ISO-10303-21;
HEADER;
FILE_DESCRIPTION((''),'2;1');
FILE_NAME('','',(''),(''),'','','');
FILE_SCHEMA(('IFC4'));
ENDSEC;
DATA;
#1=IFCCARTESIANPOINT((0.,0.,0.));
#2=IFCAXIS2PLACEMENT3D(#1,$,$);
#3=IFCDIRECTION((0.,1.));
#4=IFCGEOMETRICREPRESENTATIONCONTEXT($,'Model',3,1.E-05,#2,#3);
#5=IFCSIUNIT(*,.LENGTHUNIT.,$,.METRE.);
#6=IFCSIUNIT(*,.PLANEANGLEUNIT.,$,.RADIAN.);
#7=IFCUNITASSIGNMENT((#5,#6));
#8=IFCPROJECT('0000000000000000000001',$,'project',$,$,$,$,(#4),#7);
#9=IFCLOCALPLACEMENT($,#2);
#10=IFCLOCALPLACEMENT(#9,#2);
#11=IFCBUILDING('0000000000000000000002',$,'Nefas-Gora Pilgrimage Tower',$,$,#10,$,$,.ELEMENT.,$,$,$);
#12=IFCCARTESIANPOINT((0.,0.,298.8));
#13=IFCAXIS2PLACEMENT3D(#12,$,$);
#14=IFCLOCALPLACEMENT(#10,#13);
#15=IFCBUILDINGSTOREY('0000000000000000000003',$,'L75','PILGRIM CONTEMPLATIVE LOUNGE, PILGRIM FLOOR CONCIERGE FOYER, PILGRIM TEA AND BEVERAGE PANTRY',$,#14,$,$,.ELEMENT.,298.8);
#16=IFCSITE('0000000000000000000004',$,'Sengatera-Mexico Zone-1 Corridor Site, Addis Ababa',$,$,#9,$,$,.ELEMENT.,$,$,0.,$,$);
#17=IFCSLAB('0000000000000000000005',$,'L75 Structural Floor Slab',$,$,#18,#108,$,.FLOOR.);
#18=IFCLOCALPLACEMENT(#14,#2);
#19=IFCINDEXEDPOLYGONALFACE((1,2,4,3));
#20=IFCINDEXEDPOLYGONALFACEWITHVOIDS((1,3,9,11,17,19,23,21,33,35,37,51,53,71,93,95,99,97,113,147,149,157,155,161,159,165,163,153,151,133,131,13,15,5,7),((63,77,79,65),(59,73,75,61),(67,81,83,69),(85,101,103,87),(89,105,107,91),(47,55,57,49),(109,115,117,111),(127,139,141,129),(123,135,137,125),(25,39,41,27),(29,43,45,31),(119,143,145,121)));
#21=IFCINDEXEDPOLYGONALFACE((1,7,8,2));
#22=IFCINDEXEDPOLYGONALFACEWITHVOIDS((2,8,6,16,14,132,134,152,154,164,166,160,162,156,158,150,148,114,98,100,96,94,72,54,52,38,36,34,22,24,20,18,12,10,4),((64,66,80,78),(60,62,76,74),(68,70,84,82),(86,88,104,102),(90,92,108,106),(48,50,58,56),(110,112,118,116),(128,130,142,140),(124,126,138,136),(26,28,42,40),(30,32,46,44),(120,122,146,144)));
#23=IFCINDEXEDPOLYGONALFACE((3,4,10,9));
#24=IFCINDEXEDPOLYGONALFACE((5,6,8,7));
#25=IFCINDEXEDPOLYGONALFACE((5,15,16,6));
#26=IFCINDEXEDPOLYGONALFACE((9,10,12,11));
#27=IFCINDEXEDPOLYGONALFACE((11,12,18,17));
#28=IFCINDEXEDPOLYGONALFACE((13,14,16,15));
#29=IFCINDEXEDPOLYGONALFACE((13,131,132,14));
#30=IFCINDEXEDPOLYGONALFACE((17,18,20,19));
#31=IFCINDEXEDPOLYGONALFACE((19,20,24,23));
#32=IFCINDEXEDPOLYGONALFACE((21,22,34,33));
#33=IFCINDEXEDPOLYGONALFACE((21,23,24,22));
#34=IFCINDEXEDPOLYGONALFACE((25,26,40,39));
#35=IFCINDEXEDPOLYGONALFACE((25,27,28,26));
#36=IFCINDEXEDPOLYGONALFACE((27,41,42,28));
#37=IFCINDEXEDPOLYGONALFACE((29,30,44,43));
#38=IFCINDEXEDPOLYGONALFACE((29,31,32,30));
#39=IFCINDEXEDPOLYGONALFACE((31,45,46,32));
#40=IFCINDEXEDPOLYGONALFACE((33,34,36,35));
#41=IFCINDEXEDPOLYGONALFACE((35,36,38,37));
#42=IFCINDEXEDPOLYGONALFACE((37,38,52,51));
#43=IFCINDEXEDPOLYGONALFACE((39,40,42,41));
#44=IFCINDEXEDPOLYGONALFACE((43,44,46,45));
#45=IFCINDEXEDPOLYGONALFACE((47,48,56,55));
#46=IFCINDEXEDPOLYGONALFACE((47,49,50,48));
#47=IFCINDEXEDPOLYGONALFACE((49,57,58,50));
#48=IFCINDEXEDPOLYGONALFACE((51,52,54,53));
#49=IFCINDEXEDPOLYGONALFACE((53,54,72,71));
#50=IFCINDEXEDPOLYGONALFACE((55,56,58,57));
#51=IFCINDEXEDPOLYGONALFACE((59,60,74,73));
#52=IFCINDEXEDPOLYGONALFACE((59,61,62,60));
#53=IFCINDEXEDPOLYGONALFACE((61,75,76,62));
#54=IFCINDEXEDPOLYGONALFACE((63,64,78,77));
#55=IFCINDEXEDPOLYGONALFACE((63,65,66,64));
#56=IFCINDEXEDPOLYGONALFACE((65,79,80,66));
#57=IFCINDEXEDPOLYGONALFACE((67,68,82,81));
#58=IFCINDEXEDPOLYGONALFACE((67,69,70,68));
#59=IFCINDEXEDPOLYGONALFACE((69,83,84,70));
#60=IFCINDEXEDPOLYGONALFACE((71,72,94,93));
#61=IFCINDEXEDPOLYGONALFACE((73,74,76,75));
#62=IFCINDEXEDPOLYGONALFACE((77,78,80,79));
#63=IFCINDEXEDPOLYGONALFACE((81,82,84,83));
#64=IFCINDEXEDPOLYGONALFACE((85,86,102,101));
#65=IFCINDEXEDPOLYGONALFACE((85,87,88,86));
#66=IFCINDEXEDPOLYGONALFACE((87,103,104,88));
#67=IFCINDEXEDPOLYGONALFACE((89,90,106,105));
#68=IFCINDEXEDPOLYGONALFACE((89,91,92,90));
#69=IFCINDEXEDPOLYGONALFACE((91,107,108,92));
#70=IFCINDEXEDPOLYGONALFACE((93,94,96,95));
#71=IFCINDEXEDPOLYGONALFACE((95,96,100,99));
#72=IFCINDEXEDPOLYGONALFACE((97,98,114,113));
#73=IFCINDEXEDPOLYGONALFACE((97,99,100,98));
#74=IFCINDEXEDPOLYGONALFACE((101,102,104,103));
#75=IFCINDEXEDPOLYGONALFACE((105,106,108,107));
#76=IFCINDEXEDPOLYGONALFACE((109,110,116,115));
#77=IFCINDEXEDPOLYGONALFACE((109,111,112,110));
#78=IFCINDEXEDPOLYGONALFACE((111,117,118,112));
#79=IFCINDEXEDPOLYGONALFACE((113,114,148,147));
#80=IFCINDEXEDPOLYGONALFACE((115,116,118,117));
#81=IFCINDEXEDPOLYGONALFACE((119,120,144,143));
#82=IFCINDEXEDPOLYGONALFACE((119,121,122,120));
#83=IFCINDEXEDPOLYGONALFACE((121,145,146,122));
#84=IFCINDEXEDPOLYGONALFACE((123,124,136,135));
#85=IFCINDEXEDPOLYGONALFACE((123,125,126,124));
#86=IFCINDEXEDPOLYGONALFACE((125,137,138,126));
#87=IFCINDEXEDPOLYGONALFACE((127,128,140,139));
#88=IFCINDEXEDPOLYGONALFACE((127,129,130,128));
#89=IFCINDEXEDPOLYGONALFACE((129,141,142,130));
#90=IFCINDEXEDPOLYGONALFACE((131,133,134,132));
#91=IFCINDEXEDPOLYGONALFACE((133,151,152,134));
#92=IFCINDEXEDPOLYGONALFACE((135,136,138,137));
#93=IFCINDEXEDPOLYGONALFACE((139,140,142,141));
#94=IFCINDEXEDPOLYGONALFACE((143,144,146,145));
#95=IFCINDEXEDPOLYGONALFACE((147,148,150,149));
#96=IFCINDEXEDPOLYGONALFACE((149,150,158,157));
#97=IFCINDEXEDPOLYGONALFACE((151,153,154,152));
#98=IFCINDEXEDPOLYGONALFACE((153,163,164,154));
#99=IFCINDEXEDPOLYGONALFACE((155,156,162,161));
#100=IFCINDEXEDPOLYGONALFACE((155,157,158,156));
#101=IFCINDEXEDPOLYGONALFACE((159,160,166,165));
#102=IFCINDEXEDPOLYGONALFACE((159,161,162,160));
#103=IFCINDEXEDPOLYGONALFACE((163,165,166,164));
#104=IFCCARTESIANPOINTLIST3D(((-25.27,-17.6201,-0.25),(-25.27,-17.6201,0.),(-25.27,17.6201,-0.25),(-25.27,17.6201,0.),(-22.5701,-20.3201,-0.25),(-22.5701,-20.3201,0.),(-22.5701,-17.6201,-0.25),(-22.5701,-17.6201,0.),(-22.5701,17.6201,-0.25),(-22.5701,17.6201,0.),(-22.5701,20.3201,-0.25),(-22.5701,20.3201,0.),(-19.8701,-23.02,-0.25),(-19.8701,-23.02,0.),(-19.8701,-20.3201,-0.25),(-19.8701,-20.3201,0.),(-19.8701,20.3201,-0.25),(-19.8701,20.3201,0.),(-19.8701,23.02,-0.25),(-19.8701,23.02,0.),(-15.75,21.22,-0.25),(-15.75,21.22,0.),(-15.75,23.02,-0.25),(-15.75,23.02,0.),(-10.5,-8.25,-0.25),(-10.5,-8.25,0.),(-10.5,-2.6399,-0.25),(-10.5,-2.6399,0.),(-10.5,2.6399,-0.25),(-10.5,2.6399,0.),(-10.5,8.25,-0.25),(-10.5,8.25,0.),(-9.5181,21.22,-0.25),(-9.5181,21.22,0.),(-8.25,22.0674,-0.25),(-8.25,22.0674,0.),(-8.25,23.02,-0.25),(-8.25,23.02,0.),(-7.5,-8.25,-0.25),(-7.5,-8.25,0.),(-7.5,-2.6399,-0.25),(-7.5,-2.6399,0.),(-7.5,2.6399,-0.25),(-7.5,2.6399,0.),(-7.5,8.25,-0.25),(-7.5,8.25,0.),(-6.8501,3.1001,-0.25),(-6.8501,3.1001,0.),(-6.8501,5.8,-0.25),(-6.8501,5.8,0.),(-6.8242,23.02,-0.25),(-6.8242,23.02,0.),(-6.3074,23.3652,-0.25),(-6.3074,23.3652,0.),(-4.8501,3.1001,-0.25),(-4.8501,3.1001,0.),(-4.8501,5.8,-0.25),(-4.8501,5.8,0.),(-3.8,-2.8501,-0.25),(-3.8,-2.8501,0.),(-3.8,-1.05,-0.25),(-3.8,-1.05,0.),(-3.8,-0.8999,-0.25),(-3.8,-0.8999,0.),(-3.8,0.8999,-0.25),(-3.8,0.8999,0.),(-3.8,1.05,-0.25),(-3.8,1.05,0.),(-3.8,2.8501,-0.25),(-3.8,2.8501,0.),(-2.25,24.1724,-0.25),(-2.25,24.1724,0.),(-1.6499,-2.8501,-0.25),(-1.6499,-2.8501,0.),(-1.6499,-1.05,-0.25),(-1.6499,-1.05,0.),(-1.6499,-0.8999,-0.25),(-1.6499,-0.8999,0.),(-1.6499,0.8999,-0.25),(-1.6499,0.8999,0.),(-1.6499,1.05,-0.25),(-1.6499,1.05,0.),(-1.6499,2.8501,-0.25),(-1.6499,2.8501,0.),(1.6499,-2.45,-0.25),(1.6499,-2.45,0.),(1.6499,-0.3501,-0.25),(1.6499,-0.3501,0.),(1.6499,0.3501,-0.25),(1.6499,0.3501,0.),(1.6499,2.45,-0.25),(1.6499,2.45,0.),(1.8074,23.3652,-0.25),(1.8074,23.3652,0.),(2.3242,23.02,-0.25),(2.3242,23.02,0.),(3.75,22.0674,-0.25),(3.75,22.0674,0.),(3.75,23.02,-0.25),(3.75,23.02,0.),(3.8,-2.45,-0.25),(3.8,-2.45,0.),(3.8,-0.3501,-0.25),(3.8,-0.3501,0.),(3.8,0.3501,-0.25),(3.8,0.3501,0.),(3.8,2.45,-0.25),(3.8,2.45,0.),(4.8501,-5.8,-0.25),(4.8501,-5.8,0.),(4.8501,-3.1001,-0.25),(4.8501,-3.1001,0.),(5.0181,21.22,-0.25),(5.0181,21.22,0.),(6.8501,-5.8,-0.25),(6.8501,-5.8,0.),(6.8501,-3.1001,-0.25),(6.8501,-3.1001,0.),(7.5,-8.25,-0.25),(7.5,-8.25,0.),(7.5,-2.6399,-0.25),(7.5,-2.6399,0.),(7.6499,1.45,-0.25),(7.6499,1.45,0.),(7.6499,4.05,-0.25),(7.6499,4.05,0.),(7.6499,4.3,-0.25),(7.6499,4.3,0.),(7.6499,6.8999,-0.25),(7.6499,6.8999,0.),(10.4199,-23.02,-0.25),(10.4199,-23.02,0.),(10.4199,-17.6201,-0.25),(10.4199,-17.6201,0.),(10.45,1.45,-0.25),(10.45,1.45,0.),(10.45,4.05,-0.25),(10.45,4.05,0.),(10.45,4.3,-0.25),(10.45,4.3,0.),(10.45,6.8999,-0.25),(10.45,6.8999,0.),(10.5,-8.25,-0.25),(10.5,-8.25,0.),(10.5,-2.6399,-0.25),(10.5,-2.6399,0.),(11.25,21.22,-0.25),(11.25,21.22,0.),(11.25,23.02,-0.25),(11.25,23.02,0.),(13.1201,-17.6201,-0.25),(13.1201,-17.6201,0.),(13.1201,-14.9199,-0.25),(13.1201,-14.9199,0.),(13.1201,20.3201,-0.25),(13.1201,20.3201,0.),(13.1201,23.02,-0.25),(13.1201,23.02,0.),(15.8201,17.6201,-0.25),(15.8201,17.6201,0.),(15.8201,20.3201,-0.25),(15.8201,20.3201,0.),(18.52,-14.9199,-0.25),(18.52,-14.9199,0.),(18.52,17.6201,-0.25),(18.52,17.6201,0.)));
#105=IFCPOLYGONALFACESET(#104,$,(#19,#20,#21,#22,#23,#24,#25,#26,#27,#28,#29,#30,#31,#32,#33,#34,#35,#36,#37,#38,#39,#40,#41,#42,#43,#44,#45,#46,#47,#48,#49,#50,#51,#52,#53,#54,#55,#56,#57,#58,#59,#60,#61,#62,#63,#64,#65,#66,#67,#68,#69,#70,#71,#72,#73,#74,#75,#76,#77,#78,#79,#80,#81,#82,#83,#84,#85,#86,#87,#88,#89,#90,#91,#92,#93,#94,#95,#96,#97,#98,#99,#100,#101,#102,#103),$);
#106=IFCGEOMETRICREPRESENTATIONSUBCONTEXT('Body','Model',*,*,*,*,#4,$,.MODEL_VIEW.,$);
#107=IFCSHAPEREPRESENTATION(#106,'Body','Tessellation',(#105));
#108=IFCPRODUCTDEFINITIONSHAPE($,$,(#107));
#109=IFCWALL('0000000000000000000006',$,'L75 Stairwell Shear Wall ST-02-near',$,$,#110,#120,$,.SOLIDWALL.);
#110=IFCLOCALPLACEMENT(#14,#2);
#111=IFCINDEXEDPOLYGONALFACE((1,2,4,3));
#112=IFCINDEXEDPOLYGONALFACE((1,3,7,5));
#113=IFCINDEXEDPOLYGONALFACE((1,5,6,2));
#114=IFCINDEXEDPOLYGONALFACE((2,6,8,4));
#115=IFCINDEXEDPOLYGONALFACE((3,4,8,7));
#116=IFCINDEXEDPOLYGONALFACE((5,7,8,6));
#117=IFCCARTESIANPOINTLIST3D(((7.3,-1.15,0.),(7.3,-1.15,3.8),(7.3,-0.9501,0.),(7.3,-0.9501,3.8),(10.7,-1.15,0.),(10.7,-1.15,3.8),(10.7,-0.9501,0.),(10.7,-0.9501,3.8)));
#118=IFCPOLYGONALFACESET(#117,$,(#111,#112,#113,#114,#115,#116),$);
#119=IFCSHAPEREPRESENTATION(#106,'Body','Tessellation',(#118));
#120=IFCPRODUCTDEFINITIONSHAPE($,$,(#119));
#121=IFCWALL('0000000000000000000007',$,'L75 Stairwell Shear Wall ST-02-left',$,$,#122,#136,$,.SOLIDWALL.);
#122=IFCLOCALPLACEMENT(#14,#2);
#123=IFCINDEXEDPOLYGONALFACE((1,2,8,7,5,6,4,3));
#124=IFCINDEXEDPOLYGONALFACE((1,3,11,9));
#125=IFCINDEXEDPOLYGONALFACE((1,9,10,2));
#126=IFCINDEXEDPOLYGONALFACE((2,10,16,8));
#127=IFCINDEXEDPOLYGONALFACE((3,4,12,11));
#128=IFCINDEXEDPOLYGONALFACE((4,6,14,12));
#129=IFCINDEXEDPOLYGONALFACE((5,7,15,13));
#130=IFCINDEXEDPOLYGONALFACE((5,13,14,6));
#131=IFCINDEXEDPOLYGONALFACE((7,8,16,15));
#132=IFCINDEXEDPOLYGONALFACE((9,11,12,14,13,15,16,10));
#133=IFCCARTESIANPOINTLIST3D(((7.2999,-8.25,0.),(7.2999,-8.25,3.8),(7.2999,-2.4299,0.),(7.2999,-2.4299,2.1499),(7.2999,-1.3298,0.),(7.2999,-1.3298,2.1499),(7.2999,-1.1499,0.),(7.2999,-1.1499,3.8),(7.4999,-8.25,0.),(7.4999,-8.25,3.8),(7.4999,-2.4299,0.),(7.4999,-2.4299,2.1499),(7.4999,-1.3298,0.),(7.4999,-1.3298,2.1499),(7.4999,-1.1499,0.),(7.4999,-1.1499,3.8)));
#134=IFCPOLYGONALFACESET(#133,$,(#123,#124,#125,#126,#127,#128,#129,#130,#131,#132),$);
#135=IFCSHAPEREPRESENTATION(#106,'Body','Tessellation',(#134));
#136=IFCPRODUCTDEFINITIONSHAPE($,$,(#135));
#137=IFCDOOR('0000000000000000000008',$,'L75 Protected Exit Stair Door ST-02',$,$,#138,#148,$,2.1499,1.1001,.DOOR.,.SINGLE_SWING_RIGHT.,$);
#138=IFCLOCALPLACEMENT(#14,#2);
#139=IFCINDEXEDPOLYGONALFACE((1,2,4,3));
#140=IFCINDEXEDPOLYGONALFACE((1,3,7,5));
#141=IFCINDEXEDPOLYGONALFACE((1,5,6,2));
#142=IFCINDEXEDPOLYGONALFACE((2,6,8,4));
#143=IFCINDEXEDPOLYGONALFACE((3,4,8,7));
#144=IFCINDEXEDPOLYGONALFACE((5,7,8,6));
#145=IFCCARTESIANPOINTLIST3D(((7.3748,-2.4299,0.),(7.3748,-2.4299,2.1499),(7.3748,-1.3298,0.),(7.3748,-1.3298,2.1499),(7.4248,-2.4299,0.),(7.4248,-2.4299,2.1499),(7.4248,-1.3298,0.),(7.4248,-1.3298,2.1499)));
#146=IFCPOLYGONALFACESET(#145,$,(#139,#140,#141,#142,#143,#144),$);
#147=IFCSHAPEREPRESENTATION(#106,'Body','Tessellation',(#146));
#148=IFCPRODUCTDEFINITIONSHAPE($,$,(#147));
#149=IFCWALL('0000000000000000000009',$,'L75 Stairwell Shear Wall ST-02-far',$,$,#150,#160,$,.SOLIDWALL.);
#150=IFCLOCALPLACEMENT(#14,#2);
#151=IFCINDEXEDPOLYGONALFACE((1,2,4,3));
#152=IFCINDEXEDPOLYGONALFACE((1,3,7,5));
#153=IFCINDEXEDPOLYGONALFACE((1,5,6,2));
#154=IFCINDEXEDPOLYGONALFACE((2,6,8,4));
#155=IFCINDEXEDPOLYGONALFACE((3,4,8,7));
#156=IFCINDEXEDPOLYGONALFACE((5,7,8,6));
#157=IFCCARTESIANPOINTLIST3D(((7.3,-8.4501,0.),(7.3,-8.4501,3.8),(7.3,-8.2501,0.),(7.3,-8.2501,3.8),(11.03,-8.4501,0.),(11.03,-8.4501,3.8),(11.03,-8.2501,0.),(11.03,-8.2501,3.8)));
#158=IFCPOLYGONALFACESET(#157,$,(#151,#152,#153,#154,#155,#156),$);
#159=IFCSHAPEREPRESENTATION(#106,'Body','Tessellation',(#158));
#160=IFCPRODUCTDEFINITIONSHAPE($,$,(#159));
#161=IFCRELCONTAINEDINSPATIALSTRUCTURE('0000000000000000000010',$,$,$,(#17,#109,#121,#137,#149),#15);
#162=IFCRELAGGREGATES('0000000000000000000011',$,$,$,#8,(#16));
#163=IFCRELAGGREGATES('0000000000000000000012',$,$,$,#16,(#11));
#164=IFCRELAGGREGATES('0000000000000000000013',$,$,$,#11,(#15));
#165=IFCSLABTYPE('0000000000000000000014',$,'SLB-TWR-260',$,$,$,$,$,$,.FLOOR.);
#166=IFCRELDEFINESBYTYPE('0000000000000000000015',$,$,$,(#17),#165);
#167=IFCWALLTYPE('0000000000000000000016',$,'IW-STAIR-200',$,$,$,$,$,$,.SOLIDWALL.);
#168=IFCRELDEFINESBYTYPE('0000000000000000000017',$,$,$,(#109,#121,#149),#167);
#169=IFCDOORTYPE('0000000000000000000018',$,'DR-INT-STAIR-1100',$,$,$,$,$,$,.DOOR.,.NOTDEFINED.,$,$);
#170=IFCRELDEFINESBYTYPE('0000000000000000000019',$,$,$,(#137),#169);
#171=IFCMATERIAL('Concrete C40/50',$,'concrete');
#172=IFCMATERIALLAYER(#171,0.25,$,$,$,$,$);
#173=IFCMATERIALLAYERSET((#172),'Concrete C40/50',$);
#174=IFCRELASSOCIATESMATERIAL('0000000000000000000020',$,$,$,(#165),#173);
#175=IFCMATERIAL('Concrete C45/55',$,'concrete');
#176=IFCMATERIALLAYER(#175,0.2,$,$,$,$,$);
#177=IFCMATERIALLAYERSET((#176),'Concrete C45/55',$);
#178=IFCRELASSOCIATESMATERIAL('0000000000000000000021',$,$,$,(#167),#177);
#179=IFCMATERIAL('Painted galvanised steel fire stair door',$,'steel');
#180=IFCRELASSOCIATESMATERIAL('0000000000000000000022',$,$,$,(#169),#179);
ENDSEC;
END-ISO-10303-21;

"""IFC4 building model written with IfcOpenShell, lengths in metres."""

from ifc_helpers import new_model, si_unit, direction, frame, frame_2d, origin, place, context, subcontext, project, spatial, polyline, rectangle, outline, extrude, source, transform, mapped, material, layer, layer_set, type_object, element, fill, save


model = new_model("IFC4")

# Units and contexts
model_context = context("Model", 3, precision=1e-05, world=origin(), true_north=direction((0.0, 1.0)))
body_context = subcontext(model_context, "Body", "Model", "MODEL_VIEW")
ifc_project = project(units=[si_unit("LENGTHUNIT", "METRE"), si_unit("PLANEANGLEUNIT", "RADIAN")], contexts=[model_context])

# Site, building, storey
site_placement = place(None, origin())
site = spatial("IfcSite", under=ifc_project, at=site_placement, Name="Sengatera-Mexico Zone-1 Corridor Site, Addis Ababa", CompositionType="ELEMENT", RefElevation=0.0)
building_placement = place(site_placement, origin())
building = spatial("IfcBuilding", under=site, at=building_placement, Name="Nefas-Gora Pilgrimage Tower", CompositionType="ELEMENT")
storey_placement = place(building_placement, frame((0.0, 0.0, 298.8)))
storey = spatial("IfcBuildingStorey", under=building, at=storey_placement, Name="L75", Description="PILGRIM CONTEMPLATIVE LOUNGE, PILGRIM FLOOR CONCIERGE FOYER, PILGRIM TEA AND BEVERAGE PANTRY", CompositionType="ELEMENT", Elevation=298.8)

# Slab
ifc_material_1 = material(Name="Concrete C40/50", Category="concrete")
ifc_layer_1 = layer(ifc_material_1, 0.25)
ifc_layer_set_1 = layer_set([ifc_layer_1], Name="Concrete C40/50")
slab_type_1 = type_object("IfcSlabType", Name="SLB-TWR-260", PredefinedType="FLOOR", material=ifc_layer_set_1)
slab_1_placement = place(storey_placement, frame((0.0, 0.0, -0.25)))
element("IfcSlab", 1, at=slab_1_placement, inside=storey, type_object=slab_type_1, Name="L75 Structural Floor Slab", PredefinedType="FLOOR", context=body_context, shape_type="SweptSolid", body=[
    extrude(outline(polyline([(-19.8701, -20.3201), (-19.8701, -23.02), (10.4199, -23.02), (10.4199, -17.6201), (13.1201, -17.6201), (13.1201, -14.9199), (18.52, -14.9199), (18.52, 17.6201), (15.8201, 17.6201), (15.8201, 20.3201), (13.1201, 20.3201), (13.1201, 23.02), (11.25, 23.02), (11.25, 21.22), (5.0181, 21.22), (3.75, 22.0674), (3.75, 23.02), (2.3242, 23.02), (1.8074, 23.3652), (-2.25, 24.1724), (-6.3074, 23.3652), (-6.8242, 23.02), (-8.25, 23.02), (-8.25, 22.0674), (-9.5181, 21.22), (-15.75, 21.22), (-15.75, 23.02), (-19.8701, 23.02), (-19.8701, 20.3201), (-22.5701, 20.3201), (-22.5701, 17.6201), (-25.27, 17.6201), (-25.27, -17.6201), (-22.5701, -17.6201), (-22.5701, -20.3201), (-19.8701, -20.3201)]), holes=[polyline([(-10.5, 2.6399), (-10.5, 8.25), (-7.5, 8.25), (-7.5, 2.6399), (-10.5, 2.6399)]), polyline([(10.5, -2.6399), (10.5, -8.25), (7.5, -8.25), (7.5, -2.6399), (10.5, -2.6399)]), polyline([(-7.5, -2.6399), (-7.5, -8.25), (-10.5, -8.25), (-10.5, -2.6399), (-7.5, -2.6399)]), polyline([(-6.8501, 5.8), (-4.8501, 5.8), (-4.8501, 3.1001), (-6.8501, 3.1001), (-6.8501, 5.8)]), polyline([(4.8501, -3.1001), (6.8501, -3.1001), (6.8501, -5.8), (4.8501, -5.8), (4.8501, -3.1001)]), polyline([(7.6499, 4.05), (10.45, 4.05), (10.45, 1.45), (7.6499, 1.45), (7.6499, 4.05)]), polyline([(7.6499, 6.8999), (10.45, 6.8999), (10.45, 4.3), (7.6499, 4.3), (7.6499, 6.8999)]), polyline([(-3.8, -1.05), (-1.6499, -1.05), (-1.6499, -2.8501), (-3.8, -2.8501), (-3.8, -1.05)]), polyline([(-3.8, 0.8999), (-1.6499, 0.8999), (-1.6499, -0.8999), (-3.8, -0.8999), (-3.8, 0.8999)]), polyline([(-3.8, 2.8501), (-1.6499, 2.8501), (-1.6499, 1.05), (-3.8, 1.05), (-3.8, 2.8501)]), polyline([(1.6499, -0.3501), (3.8, -0.3501), (3.8, -2.45), (1.6499, -2.45), (1.6499, -0.3501)]), polyline([(1.6499, 2.45), (3.8, 2.45), (3.8, 0.3501), (1.6499, 0.3501), (1.6499, 2.45)])]), origin(), (0.0, 0.0, 1.0), 0.25),
])

# Wall
ifc_material_2 = material(Name="Concrete C45/55", Category="concrete")
ifc_layer_2 = layer(ifc_material_2, 0.2)
ifc_layer_set_2 = layer_set([ifc_layer_2], Name="Concrete C45/55")
wall_type_1 = type_object("IfcWallType", Name="IW-STAIR-200", PredefinedType="SOLIDWALL", material=ifc_layer_set_2)
shared_shape_1 = source(origin(), body_context, "Body", "SweptSolid", [
    extrude(rectangle(XDim=3.3999, YDim=0.2, at=frame_2d((1.7, 0.0))), origin(), (0.0, 0.0, 1.0), 3.8),
])
wall_1_placement = place(storey_placement, frame((7.3, -1.05, 0.0), z_axis=(0.0, 0.0, 1.0), x_axis=(1.0, 0.0, 0.0)))
element("IfcWall", 2, at=wall_1_placement, inside=storey, type_object=wall_type_1, Name="L75 Stairwell Shear Wall ST-02-near", PredefinedType="SOLIDWALL", context=body_context, shape_type="MappedRepresentation", body=[
    mapped(shared_shape_1, transform((0.0, 0.0, 0.0), x_axis=(1.0, 0.0, 0.0), y_axis=(0.0, 1.0, 0.0), z_axis=(0.0, 0.0, 1.0), scale=1.0)),
])

# Wall, opening, door
shared_shape_2 = source(origin(), body_context, "Body", "SweptSolid", [
    extrude(rectangle(XDim=7.1001, YDim=0.2, at=frame_2d((3.55, 0.0))), origin(), (0.0, 0.0, 1.0), 3.8),
])
wall_2_placement = place(storey_placement, frame((7.3999, -1.1499, 0.0), z_axis=(0.0, 0.0, 1.0), x_axis=(0.0, -1.0, 0.0)))
wall_2 = element("IfcWall", 3, at=wall_2_placement, inside=storey, type_object=wall_type_1, Name="L75 Stairwell Shear Wall ST-02-left", PredefinedType="SOLIDWALL", context=body_context, shape_type="MappedRepresentation", body=[
    mapped(shared_shape_2, transform((0.0, 0.0, 0.0), x_axis=(1.0, 0.0, 0.0), y_axis=(0.0, 1.0, 0.0), z_axis=(0.0, 0.0, 1.0), scale=1.0)),
])
opening_1_placement = place(wall_2_placement, frame((0.1799, 0.0, 0.0)))
opening_1 = element("IfcOpeningElement", 4, at=opening_1_placement, cuts=wall_2, PredefinedType="OPENING", context=body_context, shape_type="SweptSolid", body=[
    extrude(rectangle(XDim=1.1001, YDim=2.1499, at=frame_2d((0.55, 1.075))), frame((0.0, 0.1099, 0.0), z_axis=(0.0, -1.0, 0.0), x_axis=(1.0, 0.0, 0.0)), (0.0, 0.0, 1.0), 0.22),
])
ifc_material_3 = material(Name="Painted galvanised steel fire stair door", Category="steel")
door_type_1 = type_object("IfcDoorType", Name="DR-INT-STAIR-1100", OperationType="NOTDEFINED", PredefinedType="DOOR", material=ifc_material_3)
shared_shape_3 = source(origin(), body_context, "Body", "SweptSolid", [
    extrude(rectangle(XDim=1.1001, YDim=2.1499, at=frame_2d((0.55, 1.075))), frame((0.0, 0.0249, 0.0), z_axis=(0.0, -1.0, 0.0), x_axis=(1.0, 0.0, 0.0)), (0.0, 0.0, 1.0), 0.05),
])
door_1_placement = place(opening_1_placement, origin())
door_1 = element("IfcDoor", 5, at=door_1_placement, inside=storey, type_object=door_type_1, Name="L75 Protected Exit Stair Door ST-02", OperationType="SINGLE_SWING_RIGHT", OverallHeight=2.1499, OverallWidth=1.1001, PredefinedType="DOOR", context=body_context, shape_type="MappedRepresentation", body=[
    mapped(shared_shape_3, transform((0.0, 0.0, 0.0), x_axis=(1.0, 0.0, 0.0), y_axis=(0.0, 1.0, 0.0), z_axis=(0.0, 0.0, 1.0), scale=1.0)),
])
fill(opening_1, door_1)

# Wall
shared_shape_4 = source(origin(), body_context, "Body", "SweptSolid", [
    extrude(rectangle(XDim=3.73, YDim=0.2, at=frame_2d((1.865, 0.0))), origin(), (0.0, 0.0, 1.0), 3.8),
])
wall_3_placement = place(storey_placement, frame((7.3, -8.3501, 0.0), z_axis=(0.0, 0.0, 1.0), x_axis=(1.0, 0.0, 0.0)))
element("IfcWall", 6, at=wall_3_placement, inside=storey, type_object=wall_type_1, Name="L75 Stairwell Shear Wall ST-02-far", PredefinedType="SOLIDWALL", context=body_context, shape_type="MappedRepresentation", body=[
    mapped(shared_shape_4, transform((0.0, 0.0, 0.0), x_axis=(1.0, 0.0, 0.0), y_axis=(0.0, 1.0, 0.0), z_axis=(0.0, 0.0, 1.0), scale=1.0)),
])

save(model, "model.ifc")
